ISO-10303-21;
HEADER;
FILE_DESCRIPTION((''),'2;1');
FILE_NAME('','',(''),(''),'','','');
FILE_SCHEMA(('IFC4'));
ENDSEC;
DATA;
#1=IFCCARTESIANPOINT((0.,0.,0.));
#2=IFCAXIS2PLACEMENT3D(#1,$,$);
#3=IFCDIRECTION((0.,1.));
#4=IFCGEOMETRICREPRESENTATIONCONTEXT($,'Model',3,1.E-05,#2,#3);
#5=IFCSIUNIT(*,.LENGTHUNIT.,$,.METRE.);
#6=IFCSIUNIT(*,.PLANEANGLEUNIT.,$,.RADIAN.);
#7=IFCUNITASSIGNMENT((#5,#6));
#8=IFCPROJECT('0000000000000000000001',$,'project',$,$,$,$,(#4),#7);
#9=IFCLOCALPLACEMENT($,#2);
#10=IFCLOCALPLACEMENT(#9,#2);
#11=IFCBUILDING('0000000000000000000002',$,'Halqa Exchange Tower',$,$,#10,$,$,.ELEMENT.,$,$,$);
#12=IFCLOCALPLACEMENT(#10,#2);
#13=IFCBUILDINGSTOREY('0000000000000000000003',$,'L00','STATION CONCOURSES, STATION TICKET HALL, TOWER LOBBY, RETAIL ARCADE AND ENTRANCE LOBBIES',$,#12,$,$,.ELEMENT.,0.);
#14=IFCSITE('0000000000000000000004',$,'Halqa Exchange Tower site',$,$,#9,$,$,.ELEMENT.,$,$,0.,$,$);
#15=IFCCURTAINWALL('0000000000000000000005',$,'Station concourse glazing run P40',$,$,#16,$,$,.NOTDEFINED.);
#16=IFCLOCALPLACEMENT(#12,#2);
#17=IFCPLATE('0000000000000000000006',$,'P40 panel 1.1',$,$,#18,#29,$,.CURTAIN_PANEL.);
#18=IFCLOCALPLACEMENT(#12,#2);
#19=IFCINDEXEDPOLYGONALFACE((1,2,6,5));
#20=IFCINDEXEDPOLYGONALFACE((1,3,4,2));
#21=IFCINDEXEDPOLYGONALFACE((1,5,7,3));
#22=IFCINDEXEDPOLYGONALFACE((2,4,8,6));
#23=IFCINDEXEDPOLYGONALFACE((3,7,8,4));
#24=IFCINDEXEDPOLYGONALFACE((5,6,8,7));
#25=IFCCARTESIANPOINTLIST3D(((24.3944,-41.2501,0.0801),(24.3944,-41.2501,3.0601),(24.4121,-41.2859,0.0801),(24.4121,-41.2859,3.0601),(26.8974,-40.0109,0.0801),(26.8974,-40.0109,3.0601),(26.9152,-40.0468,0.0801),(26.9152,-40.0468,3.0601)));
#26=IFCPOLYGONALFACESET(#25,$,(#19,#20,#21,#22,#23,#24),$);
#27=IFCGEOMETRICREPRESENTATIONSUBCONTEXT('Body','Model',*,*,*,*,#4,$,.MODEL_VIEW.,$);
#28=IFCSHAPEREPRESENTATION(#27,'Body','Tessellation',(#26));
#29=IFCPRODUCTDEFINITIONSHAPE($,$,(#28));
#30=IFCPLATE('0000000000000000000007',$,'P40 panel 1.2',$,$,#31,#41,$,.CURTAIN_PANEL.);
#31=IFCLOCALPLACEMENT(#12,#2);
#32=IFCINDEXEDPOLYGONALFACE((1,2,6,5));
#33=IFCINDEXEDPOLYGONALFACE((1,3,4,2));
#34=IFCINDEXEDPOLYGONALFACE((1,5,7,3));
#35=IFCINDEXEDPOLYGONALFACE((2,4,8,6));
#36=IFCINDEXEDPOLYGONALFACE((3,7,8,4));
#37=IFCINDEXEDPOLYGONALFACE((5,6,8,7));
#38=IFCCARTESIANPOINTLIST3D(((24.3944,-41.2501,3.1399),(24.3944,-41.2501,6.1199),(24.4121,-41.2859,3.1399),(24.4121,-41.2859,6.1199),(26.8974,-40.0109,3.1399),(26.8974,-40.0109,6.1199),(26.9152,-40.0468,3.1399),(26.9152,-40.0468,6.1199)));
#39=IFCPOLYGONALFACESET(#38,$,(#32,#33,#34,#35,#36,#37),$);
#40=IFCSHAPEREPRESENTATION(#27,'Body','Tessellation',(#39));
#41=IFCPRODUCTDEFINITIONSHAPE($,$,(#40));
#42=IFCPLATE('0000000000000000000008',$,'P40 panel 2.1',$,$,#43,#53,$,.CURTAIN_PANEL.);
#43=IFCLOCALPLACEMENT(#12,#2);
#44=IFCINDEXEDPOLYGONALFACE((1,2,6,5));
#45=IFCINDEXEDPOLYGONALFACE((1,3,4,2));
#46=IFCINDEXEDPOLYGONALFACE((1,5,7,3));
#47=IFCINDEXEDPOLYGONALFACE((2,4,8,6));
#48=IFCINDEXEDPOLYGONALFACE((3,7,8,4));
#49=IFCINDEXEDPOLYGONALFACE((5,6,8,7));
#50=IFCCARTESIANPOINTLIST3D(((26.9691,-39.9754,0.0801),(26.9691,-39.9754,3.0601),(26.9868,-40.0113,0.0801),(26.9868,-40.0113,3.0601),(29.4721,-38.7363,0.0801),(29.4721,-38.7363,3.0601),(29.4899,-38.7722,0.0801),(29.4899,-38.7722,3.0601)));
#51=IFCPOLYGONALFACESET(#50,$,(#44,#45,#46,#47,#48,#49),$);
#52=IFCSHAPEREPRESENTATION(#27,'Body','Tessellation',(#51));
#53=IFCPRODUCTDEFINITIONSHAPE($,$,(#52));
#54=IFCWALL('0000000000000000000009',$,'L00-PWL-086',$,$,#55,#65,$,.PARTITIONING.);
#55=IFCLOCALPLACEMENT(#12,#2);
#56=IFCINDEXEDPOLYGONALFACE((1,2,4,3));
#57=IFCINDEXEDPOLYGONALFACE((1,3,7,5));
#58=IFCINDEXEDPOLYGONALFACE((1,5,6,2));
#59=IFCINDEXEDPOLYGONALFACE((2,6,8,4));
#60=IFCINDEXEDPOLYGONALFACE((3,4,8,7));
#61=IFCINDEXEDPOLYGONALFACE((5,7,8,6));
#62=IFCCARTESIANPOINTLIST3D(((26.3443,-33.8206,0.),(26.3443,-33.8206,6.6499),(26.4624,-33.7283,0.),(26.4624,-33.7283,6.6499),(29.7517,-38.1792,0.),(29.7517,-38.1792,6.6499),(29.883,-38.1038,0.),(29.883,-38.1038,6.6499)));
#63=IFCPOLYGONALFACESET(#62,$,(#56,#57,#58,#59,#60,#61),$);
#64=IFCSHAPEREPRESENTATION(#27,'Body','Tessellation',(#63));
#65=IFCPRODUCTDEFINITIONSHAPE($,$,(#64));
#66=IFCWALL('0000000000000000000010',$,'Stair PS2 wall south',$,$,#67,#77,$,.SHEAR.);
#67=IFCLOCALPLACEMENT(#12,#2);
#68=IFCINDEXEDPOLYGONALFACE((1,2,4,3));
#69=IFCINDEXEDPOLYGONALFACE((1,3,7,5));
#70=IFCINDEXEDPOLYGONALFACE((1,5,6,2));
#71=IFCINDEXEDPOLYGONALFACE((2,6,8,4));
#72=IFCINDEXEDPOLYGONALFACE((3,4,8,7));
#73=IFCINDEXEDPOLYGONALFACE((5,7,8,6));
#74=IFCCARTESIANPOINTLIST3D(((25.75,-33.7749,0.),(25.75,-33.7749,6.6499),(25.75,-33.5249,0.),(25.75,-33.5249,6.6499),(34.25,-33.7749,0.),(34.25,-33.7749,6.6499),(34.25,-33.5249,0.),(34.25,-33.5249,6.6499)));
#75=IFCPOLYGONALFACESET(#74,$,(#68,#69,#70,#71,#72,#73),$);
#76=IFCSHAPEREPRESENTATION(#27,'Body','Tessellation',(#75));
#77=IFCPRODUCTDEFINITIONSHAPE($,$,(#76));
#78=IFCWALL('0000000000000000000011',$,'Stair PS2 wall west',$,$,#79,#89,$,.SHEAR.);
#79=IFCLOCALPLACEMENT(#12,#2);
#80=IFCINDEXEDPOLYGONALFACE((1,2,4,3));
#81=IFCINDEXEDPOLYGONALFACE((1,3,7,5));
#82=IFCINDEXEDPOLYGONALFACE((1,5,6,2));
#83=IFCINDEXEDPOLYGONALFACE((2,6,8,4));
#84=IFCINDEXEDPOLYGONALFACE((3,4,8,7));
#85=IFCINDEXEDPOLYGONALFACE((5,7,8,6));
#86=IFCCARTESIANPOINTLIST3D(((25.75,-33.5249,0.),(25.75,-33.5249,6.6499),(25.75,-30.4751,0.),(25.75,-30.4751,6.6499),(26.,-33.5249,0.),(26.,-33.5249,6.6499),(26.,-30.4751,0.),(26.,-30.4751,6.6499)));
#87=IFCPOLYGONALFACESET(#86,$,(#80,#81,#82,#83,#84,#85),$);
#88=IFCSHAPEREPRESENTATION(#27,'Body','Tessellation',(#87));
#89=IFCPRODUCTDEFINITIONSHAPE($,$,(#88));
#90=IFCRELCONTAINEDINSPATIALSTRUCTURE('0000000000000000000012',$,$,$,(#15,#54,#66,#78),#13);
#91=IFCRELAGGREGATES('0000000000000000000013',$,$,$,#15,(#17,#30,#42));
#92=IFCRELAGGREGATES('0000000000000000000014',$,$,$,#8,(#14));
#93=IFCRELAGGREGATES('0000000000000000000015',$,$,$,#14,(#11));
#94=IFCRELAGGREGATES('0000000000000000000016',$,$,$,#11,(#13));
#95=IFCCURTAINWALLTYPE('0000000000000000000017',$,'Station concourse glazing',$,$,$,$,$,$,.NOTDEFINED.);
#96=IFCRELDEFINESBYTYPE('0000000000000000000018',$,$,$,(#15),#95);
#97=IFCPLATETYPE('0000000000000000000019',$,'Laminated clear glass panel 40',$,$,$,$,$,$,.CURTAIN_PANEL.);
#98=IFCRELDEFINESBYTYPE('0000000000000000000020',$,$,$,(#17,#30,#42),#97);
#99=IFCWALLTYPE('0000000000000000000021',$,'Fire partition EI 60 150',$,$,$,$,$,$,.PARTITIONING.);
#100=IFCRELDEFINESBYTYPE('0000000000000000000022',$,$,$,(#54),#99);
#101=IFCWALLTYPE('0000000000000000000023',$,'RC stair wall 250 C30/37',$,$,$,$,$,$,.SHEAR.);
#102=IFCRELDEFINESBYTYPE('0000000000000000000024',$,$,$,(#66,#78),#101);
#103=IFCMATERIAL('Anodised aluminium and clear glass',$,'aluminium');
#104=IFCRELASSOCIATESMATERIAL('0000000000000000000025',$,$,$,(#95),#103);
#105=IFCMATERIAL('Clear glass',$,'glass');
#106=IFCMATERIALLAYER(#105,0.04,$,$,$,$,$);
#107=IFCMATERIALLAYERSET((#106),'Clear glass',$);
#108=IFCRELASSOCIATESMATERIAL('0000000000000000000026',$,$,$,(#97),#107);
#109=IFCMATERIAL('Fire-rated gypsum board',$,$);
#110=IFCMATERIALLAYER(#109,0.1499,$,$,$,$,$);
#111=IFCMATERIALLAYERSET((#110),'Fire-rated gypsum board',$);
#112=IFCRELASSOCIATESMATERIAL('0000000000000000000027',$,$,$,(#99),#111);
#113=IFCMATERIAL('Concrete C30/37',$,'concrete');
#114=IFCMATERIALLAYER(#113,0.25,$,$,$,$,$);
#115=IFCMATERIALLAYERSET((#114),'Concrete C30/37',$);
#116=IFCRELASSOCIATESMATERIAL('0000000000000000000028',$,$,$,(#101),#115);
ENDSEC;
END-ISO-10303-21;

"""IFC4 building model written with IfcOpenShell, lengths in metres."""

from ifc_helpers import new_model, si_unit, direction, frame, frame_2d, origin, origin_2d, place, context, subcontext, project, spatial, polyline, rectangle, outline, extrude, material, layer, layer_set, type_object, element, aggregate, save


model = new_model("IFC4")

# Units and contexts
model_context = context("Model", 3, precision=1e-05, world=origin(), true_north=direction((0.0, 1.0)))
body_context = subcontext(model_context, "Body", "Model", "MODEL_VIEW")
ifc_project = project(units=[si_unit("LENGTHUNIT", "METRE"), si_unit("PLANEANGLEUNIT", "RADIAN")], contexts=[model_context])

# Site, building, storey
site_placement = place(None, origin())
site = spatial("IfcSite", under=ifc_project, at=site_placement, Name="Halqa Exchange Tower site", CompositionType="ELEMENT", RefElevation=0.0)
building_placement = place(site_placement, origin())
building = spatial("IfcBuilding", under=site, at=building_placement, Name="Halqa Exchange Tower", CompositionType="ELEMENT")
storey_placement = place(building_placement, origin())
storey = spatial("IfcBuildingStorey", under=building, at=storey_placement, Name="L00", Description="STATION CONCOURSES, STATION TICKET HALL, TOWER LOBBY, RETAIL ARCADE AND ENTRANCE LOBBIES", CompositionType="ELEMENT", Elevation=0.0)

# Curtain wall
ifc_material_1 = material(Name="Anodised aluminium and clear glass", Category="aluminium")
curtain_wall_type = type_object("IfcCurtainWallType", Name="Station concourse glazing", PredefinedType="NOTDEFINED", material=ifc_material_1)
curtain_wall_1_placement = place(storey_placement, origin())
curtain_wall_1 = element("IfcCurtainWall", 1, at=curtain_wall_1_placement, inside=storey, type_object=curtain_wall_type, Name="Station concourse glazing run P40", PredefinedType="NOTDEFINED")

# Plates
ifc_material_2 = material(Name="Clear glass", Category="glass")
ifc_layer_1 = layer(ifc_material_2, 0.04)
ifc_layer_set_1 = layer_set([ifc_layer_1], Name="Clear glass")
plate_type = type_object("IfcPlateType", Name="Laminated clear glass panel 40", PredefinedType="CURTAIN_PANEL", material=ifc_layer_set_1)
plate_1_placement = place(storey_placement, frame((25.6548, -40.6484, 0.0801), z_axis=(0.0, 0.0, 1.0), x_axis=(0.896198, 0.443653, 0.0)))
plate_1 = element("IfcPlate", 2, at=plate_1_placement, type_object=plate_type, Name="P40 panel 1.1", PredefinedType="CURTAIN_PANEL", context=body_context, shape_type="SweptSolid", body=[
    extrude(rectangle(XDim=2.793, YDim=0.04, at=origin_2d()), origin(), (0.0, 0.0, 1.0), 2.98),
])
plate_2_placement = place(storey_placement, frame((25.6548, -40.6484, 3.1399), z_axis=(0.0, 0.0, 1.0), x_axis=(0.896198, 0.443653, 0.0)))
plate_2 = element("IfcPlate", 3, at=plate_2_placement, type_object=plate_type, Name="P40 panel 1.2", PredefinedType="CURTAIN_PANEL", context=body_context, shape_type="SweptSolid", body=[
    extrude(rectangle(XDim=2.793, YDim=0.04, at=origin_2d()), origin(), (0.0, 0.0, 1.0), 2.98),
])
plate_3_placement = place(storey_placement, frame((28.2295, -39.3738, 0.0801), z_axis=(0.0, 0.0, 1.0), x_axis=(0.896198, 0.443653, 0.0)))
plate_3 = element("IfcPlate", 4, at=plate_3_placement, type_object=plate_type, Name="P40 panel 2.1", PredefinedType="CURTAIN_PANEL", context=body_context, shape_type="SweptSolid", body=[
    extrude(rectangle(XDim=2.793, YDim=0.04, at=origin_2d()), origin(), (0.0, 0.0, 1.0), 2.98),
])
aggregate(curtain_wall_1, [plate_1, plate_2, plate_3])

# Walls
ifc_material_3 = material(Name="Fire-rated gypsum board")
ifc_layer_2 = layer(ifc_material_3, 0.1499)
ifc_layer_set_2 = layer_set([ifc_layer_2], Name="Fire-rated gypsum board")
wall_type_1 = type_object("IfcWallType", Name="Fire partition EI 60 150", PredefinedType="PARTITIONING", material=ifc_layer_set_2)
wall_1_placement = place(storey_placement, frame((26.4033, -33.7744, 0.0), z_axis=(0.0, 0.0, 1.0), x_axis=(0.61589, -0.787832, 0.0)))
element("IfcWall", 5, at=wall_1_placement, inside=storey, type_object=wall_type_1, Name="L00-PWL-086", PredefinedType="PARTITIONING", context=body_context, shape_type="SweptSolid", body=[
    extrude(outline(polyline([(0.0, -0.075), (5.5325, -0.075), (5.554, 0.075), (0.0, 0.075), (0.0, -0.075)])), origin(), (0.0, 0.0, 1.0), 6.6499),
])
ifc_material_4 = material(Name="Concrete C30/37", Category="concrete")
ifc_layer_3 = layer(ifc_material_4, 0.25)
ifc_layer_set_3 = layer_set([ifc_layer_3], Name="Concrete C30/37")
wall_type_2 = type_object("IfcWallType", Name="RC stair wall 250 C30/37", PredefinedType="SHEAR", material=ifc_layer_set_3)
wall_2_placement = place(storey_placement, frame((25.75, -33.6499, 0.0), z_axis=(0.0, 0.0, 1.0), x_axis=(1.0, 0.0, 0.0)))
element("IfcWall", 6, at=wall_2_placement, inside=storey, type_object=wall_type_2, Name="Stair PS2 wall south", PredefinedType="SHEAR", context=body_context, shape_type="SweptSolid", body=[
    extrude(rectangle(XDim=8.5, YDim=0.25, at=frame_2d((4.25, 0.0))), origin(), (0.0, 0.0, 1.0), 6.6499),
])
wall_3_placement = place(storey_placement, frame((25.875, -33.5249, 0.0), z_axis=(0.0, 0.0, 1.0), x_axis=(0.0, 1.0, 0.0)))
element("IfcWall", 7, at=wall_3_placement, inside=storey, type_object=wall_type_2, Name="Stair PS2 wall west", PredefinedType="SHEAR", context=body_context, shape_type="SweptSolid", body=[
    extrude(rectangle(XDim=3.0498, YDim=0.25, at=frame_2d((1.5249, 0.0))), origin(), (0.0, 0.0, 1.0), 6.6499),
])

save(model, "model.ifc")
